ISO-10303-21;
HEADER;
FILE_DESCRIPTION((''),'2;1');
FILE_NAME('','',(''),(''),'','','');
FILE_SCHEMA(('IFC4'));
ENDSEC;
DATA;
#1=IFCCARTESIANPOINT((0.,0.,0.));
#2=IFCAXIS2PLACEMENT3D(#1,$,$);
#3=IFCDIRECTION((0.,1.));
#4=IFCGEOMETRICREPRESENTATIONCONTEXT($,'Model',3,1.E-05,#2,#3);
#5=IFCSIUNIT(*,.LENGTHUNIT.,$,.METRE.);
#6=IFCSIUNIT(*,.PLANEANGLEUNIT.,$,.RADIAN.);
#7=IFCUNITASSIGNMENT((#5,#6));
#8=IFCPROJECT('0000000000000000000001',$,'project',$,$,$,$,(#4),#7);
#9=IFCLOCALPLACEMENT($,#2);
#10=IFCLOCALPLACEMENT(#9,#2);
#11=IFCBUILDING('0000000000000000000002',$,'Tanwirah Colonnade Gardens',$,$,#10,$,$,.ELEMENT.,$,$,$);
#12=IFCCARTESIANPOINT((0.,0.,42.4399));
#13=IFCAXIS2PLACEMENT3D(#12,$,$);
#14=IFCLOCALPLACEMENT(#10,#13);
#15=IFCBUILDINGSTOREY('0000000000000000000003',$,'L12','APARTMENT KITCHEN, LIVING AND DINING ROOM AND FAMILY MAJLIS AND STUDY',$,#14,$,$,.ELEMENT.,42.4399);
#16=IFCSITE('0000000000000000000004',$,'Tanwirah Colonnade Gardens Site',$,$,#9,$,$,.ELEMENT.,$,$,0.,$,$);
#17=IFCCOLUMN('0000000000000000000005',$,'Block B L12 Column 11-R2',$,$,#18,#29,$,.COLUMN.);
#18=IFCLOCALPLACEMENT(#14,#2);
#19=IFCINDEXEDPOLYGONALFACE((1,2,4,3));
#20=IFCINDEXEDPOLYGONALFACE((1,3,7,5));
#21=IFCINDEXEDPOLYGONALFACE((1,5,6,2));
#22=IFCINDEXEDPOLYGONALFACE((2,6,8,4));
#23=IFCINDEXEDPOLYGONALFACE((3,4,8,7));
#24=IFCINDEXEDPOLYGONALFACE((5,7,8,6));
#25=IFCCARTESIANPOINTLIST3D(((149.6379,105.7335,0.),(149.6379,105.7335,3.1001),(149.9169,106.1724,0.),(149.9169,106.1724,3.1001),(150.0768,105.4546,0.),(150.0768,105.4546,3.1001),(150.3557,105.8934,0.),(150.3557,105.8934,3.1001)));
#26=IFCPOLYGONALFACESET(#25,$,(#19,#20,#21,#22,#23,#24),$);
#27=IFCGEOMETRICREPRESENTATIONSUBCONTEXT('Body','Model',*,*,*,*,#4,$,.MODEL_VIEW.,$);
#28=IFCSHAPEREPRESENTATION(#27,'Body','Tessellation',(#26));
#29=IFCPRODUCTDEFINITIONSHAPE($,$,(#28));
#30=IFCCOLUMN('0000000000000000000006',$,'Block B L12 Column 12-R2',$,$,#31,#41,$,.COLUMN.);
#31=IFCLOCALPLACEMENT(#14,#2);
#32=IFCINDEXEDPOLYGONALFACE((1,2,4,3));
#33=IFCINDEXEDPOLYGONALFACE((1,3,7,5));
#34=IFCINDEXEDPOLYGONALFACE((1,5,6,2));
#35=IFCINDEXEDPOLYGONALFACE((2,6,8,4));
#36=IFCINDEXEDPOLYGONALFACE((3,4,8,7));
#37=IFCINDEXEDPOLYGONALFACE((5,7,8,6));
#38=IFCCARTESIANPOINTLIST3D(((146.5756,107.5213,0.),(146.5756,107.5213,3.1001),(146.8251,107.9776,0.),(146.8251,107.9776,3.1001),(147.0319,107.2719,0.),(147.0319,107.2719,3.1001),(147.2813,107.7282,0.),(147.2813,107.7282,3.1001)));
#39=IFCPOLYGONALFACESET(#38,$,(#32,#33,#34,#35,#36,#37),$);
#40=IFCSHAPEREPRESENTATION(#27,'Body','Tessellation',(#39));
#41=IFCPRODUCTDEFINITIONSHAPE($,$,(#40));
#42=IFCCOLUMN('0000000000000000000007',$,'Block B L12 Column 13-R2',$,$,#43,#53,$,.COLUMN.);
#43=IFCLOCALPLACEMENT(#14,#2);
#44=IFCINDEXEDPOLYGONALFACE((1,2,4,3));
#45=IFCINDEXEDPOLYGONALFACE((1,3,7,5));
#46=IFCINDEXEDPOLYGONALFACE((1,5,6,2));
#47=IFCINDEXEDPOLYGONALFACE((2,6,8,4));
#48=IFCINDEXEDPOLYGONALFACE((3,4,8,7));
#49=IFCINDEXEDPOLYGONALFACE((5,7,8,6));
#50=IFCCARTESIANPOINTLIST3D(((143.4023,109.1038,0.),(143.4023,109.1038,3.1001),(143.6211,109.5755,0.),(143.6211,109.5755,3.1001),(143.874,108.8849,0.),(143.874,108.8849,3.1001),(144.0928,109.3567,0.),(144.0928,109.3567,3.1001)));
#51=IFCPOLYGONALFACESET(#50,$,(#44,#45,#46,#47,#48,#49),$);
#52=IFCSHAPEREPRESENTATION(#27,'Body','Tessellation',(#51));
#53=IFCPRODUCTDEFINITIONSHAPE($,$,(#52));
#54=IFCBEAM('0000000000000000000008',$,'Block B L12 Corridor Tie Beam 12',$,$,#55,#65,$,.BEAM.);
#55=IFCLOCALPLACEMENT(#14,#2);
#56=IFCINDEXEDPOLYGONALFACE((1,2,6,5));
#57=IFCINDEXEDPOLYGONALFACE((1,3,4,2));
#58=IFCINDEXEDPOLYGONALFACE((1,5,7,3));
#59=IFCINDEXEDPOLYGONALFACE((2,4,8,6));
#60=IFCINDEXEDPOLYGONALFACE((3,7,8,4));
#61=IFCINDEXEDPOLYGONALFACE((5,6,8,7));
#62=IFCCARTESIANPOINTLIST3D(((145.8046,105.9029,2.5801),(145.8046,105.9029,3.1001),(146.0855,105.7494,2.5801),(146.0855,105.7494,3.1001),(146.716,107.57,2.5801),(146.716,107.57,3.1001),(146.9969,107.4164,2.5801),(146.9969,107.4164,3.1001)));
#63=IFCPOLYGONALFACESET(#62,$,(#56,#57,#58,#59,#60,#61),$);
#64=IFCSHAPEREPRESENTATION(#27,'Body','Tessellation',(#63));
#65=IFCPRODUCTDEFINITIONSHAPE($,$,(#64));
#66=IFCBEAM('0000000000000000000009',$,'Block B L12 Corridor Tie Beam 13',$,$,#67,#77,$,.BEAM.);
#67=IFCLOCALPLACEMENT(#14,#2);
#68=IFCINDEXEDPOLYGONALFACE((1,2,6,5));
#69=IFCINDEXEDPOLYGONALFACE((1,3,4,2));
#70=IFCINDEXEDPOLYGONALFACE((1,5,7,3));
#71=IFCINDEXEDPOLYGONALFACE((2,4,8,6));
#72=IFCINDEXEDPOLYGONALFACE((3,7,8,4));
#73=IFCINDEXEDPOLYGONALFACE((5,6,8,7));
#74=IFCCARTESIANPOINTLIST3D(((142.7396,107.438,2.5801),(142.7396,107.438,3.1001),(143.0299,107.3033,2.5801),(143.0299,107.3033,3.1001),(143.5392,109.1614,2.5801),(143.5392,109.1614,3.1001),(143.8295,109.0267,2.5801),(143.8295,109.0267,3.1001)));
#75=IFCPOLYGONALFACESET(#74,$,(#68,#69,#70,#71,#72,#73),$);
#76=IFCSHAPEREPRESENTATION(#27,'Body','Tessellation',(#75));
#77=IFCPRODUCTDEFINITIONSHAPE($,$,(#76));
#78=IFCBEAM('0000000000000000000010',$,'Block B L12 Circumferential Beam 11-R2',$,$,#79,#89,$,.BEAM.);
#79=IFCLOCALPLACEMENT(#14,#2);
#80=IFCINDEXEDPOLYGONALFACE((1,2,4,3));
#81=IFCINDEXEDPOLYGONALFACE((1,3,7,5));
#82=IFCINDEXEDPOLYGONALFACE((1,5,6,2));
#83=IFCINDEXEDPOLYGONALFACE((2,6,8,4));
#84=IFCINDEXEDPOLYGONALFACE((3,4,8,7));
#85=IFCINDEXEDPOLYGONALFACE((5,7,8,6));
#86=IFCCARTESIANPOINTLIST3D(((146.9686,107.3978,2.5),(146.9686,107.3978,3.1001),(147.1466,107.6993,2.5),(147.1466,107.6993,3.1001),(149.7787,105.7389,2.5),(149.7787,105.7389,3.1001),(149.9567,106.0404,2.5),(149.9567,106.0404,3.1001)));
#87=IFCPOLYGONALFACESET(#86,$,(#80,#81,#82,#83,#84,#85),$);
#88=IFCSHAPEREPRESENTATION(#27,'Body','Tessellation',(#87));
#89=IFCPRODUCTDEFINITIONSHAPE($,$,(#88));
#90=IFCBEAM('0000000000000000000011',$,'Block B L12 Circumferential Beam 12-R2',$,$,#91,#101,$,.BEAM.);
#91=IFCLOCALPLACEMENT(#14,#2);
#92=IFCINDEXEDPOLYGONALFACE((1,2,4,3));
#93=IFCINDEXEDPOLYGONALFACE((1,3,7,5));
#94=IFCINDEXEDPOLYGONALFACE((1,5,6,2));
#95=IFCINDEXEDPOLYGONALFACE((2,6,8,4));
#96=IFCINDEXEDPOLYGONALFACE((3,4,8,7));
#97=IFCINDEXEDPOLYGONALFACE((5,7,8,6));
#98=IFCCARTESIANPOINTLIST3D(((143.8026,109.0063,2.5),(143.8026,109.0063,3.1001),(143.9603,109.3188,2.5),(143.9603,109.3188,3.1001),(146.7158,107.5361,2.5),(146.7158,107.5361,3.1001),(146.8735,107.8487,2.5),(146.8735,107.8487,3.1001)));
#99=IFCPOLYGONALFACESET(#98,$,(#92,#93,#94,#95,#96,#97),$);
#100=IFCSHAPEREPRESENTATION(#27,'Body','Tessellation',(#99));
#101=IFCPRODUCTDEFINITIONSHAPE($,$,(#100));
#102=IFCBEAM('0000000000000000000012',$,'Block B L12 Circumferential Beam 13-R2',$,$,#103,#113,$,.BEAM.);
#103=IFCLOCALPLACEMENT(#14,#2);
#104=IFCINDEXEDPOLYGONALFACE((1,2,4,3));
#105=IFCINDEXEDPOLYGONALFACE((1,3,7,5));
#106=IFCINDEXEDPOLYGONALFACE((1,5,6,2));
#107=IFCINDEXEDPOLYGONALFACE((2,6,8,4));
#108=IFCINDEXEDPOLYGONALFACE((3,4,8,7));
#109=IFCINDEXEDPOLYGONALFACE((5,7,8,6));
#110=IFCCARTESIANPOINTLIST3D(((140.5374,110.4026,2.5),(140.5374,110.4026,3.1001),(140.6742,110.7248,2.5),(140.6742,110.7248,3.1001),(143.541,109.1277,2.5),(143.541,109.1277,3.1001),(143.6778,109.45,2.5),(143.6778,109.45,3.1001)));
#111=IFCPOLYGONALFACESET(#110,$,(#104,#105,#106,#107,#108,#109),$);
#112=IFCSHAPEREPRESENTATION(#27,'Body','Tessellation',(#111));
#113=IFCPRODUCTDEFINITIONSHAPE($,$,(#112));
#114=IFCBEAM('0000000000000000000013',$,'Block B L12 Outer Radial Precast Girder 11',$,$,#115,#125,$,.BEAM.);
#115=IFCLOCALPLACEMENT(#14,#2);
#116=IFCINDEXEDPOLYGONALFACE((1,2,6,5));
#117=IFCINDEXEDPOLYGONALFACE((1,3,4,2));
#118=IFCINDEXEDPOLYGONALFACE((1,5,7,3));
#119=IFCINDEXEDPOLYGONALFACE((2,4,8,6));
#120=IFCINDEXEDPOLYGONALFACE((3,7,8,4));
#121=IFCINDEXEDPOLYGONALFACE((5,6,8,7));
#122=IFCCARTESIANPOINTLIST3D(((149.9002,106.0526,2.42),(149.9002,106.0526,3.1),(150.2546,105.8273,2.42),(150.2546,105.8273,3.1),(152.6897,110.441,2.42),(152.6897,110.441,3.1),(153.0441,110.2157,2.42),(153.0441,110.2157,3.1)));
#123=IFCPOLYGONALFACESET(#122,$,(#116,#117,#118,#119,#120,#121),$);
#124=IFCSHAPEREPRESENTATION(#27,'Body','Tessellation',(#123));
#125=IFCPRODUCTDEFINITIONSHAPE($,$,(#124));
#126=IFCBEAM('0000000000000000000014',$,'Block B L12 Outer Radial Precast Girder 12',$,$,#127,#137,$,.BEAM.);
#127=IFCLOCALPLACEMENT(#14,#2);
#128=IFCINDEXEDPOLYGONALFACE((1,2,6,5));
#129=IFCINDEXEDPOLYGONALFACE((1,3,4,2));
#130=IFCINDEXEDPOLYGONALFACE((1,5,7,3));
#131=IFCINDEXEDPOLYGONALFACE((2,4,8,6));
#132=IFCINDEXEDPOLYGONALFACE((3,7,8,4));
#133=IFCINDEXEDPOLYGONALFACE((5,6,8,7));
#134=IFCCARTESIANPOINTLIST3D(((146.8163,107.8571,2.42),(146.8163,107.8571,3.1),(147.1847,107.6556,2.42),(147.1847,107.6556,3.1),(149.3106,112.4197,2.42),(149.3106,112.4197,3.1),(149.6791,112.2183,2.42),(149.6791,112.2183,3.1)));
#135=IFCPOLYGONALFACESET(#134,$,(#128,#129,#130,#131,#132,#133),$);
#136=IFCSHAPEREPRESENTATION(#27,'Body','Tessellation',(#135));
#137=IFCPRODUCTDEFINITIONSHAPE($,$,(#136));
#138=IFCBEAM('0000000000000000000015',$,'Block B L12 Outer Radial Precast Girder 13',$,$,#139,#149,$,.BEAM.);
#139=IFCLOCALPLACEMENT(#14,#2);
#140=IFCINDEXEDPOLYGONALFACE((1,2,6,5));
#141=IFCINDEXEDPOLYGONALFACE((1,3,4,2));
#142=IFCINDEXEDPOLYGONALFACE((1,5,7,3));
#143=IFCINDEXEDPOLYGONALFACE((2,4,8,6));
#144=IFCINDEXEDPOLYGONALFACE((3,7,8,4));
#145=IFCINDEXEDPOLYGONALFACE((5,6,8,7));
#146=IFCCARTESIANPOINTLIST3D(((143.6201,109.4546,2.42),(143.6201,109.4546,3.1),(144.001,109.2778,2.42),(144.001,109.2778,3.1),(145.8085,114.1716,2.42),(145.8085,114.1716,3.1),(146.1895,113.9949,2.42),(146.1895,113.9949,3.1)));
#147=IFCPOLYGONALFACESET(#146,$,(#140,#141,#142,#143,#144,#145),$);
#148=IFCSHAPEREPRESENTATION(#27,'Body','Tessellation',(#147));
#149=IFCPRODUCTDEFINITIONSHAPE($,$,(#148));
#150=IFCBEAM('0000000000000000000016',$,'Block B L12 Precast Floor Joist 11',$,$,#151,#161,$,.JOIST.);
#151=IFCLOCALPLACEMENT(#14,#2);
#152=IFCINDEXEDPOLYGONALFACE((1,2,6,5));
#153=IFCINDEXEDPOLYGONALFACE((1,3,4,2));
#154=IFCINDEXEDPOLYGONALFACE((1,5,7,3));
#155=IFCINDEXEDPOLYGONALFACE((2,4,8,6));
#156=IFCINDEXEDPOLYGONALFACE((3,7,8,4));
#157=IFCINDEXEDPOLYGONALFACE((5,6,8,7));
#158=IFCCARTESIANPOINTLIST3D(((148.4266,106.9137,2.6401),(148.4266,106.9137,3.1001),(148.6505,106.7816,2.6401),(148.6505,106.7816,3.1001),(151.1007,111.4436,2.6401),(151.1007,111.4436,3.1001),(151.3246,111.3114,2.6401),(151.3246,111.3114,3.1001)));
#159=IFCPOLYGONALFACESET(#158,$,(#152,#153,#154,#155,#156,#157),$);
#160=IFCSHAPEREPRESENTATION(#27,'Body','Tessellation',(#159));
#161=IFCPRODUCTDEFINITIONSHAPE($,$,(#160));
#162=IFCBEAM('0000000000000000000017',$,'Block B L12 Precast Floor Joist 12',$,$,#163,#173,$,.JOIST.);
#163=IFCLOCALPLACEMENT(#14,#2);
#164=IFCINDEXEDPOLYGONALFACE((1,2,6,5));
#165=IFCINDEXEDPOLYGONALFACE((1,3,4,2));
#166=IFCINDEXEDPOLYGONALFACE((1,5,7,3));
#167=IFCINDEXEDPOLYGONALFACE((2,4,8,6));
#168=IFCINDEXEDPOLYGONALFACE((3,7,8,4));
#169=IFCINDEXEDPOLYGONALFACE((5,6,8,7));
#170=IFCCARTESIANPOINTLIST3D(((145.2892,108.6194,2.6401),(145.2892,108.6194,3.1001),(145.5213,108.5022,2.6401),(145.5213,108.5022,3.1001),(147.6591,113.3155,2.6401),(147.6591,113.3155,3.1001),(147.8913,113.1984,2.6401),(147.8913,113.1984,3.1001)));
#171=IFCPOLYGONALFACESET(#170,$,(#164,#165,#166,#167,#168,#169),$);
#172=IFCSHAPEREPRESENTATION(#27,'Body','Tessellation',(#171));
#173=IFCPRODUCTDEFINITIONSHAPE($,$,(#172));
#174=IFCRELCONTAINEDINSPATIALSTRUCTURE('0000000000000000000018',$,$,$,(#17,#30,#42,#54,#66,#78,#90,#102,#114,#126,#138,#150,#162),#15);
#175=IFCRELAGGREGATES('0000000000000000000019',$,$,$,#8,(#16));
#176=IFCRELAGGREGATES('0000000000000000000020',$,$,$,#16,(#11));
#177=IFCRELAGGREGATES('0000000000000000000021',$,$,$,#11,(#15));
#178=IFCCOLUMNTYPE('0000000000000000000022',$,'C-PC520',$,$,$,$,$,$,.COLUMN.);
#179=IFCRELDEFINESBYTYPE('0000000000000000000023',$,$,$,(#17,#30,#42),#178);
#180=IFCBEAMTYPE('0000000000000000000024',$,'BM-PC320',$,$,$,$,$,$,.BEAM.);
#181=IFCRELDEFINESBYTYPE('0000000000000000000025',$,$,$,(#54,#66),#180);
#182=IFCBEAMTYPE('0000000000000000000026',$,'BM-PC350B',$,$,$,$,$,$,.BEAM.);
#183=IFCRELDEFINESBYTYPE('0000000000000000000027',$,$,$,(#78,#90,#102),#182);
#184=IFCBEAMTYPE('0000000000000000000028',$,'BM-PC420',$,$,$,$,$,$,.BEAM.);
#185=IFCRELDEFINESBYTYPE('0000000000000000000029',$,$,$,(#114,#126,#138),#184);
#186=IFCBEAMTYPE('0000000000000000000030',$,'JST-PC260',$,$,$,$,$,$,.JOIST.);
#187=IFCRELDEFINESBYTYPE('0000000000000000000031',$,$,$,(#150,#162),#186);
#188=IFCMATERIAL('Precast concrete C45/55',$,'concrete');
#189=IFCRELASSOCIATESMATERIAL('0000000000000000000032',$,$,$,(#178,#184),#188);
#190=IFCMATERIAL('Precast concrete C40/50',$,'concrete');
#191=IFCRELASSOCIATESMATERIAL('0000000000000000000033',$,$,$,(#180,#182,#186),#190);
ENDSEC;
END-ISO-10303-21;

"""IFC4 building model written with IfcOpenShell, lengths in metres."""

from ifc_helpers import new_model, si_unit, direction, frame, origin, origin_2d, place, context, subcontext, project, spatial, rectangle, extrude, material, material_profile, profile_set, type_object, element, save


model = new_model("IFC4")

# Units and contexts
model_context = context("Model", 3, precision=1e-05, world=origin(), true_north=direction((0.0, 1.0)))
body_context = subcontext(model_context, "Body", "Model", "MODEL_VIEW")
ifc_project = project(units=[si_unit("LENGTHUNIT", "METRE"), si_unit("PLANEANGLEUNIT", "RADIAN")], contexts=[model_context])

# Site, building, storey
site_placement = place(None, origin())
site = spatial("IfcSite", under=ifc_project, at=site_placement, Name="Tanwirah Colonnade Gardens Site", CompositionType="ELEMENT", RefElevation=0.0)
building_placement = place(site_placement, origin())
building = spatial("IfcBuilding", under=site, at=building_placement, Name="Tanwirah Colonnade Gardens", CompositionType="ELEMENT")
storey_placement = place(building_placement, frame((0.0, 0.0, 42.4399)))
storey = spatial("IfcBuildingStorey", under=building, at=storey_placement, Name="L12", Description="APARTMENT KITCHEN, LIVING AND DINING ROOM AND FAMILY MAJLIS AND STUDY", CompositionType="ELEMENT", Elevation=42.4399)

# Columns
ifc_material_1 = material(Name="Precast concrete C45/55", Category="concrete")
ifc_material_profile_1 = material_profile(ifc_material_1, rectangle(XDim=0.52, YDim=0.52, at=origin_2d()), Name="PC-COL 520x520")
ifc_profile_set_1 = profile_set([ifc_material_profile_1], Name="Precast concrete C45/55")
column_type = type_object("IfcColumnType", Name="C-PC520", PredefinedType="COLUMN", material=ifc_profile_set_1)
for number, where, z_axis, x_axis, name in (
    (1, (149.9968, 105.8135, 0.0), (0.0, 0.0, 1.0), (0.536482, 0.843912, 0.0), "Block B L12 Column 11-R2"),
    (2, (146.9285, 107.6248, 0.0), (0.0, 0.0, 1.0), (0.479713, 0.877425, 0.0), "Block B L12 Column 12-R2"),
    (3, (143.7476, 109.2302, 0.0), (0.0, 0.0, 1.0), (0.42086, 0.907126, 0.0), "Block B L12 Column 13-R2"),
):
    element("IfcColumn", number, at=place(storey_placement, frame(where, z_axis=z_axis, x_axis=x_axis)), inside=storey, type_object=column_type, Name=name, PredefinedType="COLUMN", context=body_context, shape_type="SweptSolid", body=[
        extrude(rectangle(XDim=0.52, YDim=0.52, at=origin_2d()), origin(), (0.0, 0.0, 1.0), 3.1001),
    ])

# Beams
ifc_material_2 = material(Name="Precast concrete C40/50", Category="concrete")
ifc_material_profile_2 = material_profile(ifc_material_2, rectangle(XDim=0.3201, YDim=0.52, at=origin_2d()), Name="PC-BM 320x520")
ifc_profile_set_2 = profile_set([ifc_material_profile_2], Name="Precast concrete C40/50")
beam_type_1 = type_object("IfcBeamType", Name="BM-PC320", PredefinedType="BEAM", material=ifc_profile_set_2)
for number, where, z_axis, x_axis, name in (
    (4, (145.9451, 105.8262, 2.8401), (0.479707, 0.877429, 0.0), (-0.877429, 0.479707, 0.0), "Block B L12 Corridor Tie Beam 12"),
    (5, (142.8848, 107.3706, 2.8401), (0.420858, 0.907126, 0.0), (-0.907126, 0.420858, 0.0), "Block B L12 Corridor Tie Beam 13"),
):
    element("IfcBeam", number, at=place(storey_placement, frame(where, z_axis=z_axis, x_axis=x_axis)), inside=storey, type_object=beam_type_1, Name=name, PredefinedType="BEAM", context=body_context, shape_type="SweptSolid", body=[
        extrude(rectangle(XDim=0.3201, YDim=0.52, at=origin_2d()), origin(), (0.0, 0.0, 1.0), 1.8999),
    ])
ifc_material_profile_3 = material_profile(ifc_material_2, rectangle(XDim=0.3501, YDim=0.6001, at=origin_2d()), Name="PC-BM 350x600")
ifc_profile_set_3 = profile_set([ifc_material_profile_3], Name="Precast concrete C40/50")
beam_type_2 = type_object("IfcBeamType", Name="BM-PC350B", PredefinedType="BEAM", material=ifc_profile_set_3)
for number, where, z_axis, x_axis, name in (
    (6, (149.8677, 105.8896, 2.8), (-0.861135, 0.508376, 0.0), (-0.508376, -0.861135, 0.0), "Block B L12 Circumferential Beam 11-R2"),
    (7, (146.7947, 107.6924, 2.8), (-0.89276, 0.450532, 0.0), (-0.450532, -0.89276, 0.0), "Block B L12 Circumferential Beam 12-R2"),
):
    element("IfcBeam", number, at=place(storey_placement, frame(where, z_axis=z_axis, x_axis=x_axis)), inside=storey, type_object=beam_type_2, Name=name, PredefinedType="BEAM", context=body_context, shape_type="SweptSolid", body=[
        extrude(rectangle(XDim=0.3501, YDim=0.6001, at=origin_2d()), origin(), (0.0, 0.0, 1.0), 3.2632),
    ])
beam_placement = place(storey_placement, frame((143.6094, 109.2888, 2.8), z_axis=(-0.920513, 0.390711, 0.0), x_axis=(-0.390711, -0.920513, 0.0)))
element("IfcBeam", 8, at=beam_placement, inside=storey, type_object=beam_type_2, Name="Block B L12 Circumferential Beam 13-R2", PredefinedType="BEAM", context=body_context, shape_type="SweptSolid", body=[
    extrude(rectangle(XDim=0.3501, YDim=0.6001, at=origin_2d()), origin(), (0.0, 0.0, 1.0), 3.2629),
])
ifc_material_profile_4 = material_profile(ifc_material_1, rectangle(XDim=0.4199, YDim=0.6799, at=origin_2d()), Name="PC-BM 420x680")
ifc_profile_set_4 = profile_set([ifc_material_profile_4], Name="Precast concrete C45/55")
beam_type_3 = type_object("IfcBeamType", Name="BM-PC420", PredefinedType="BEAM", material=ifc_profile_set_4)
for number, where, z_axis, x_axis, name in (
    (9, (150.0774, 105.9399, 2.76), (0.536453, 0.84393, 0.0), (-0.84393, 0.536453, 0.0), "Block B L12 Outer Radial Precast Girder 11"),
    (10, (147.0005, 107.7563, 2.76), (0.479684, 0.877441, 0.0), (-0.877441, 0.479684, 0.0), "Block B L12 Outer Radial Precast Girder 12"),
    (11, (143.8105, 109.3662, 2.76), (0.420862, 0.907125, 0.0), (-0.907125, 0.420862, 0.0), "Block B L12 Outer Radial Precast Girder 13"),
):
    element("IfcBeam", number, at=place(storey_placement, frame(where, z_axis=z_axis, x_axis=x_axis)), inside=storey, type_object=beam_type_3, Name=name, PredefinedType="BEAM", context=body_context, shape_type="SweptSolid", body=[
        extrude(rectangle(XDim=0.4199, YDim=0.6799, at=origin_2d()), origin(), (0.0, 0.0, 1.0), 5.2),
    ])
ifc_material_profile_5 = material_profile(ifc_material_2, rectangle(XDim=0.26, YDim=0.46, at=origin_2d()), Name="PC-JST 260x460")
ifc_profile_set_5 = profile_set([ifc_material_profile_5], Name="Precast concrete C40/50")
beam_type_4 = type_object("IfcBeamType", Name="JST-PC260", PredefinedType="JOIST", material=ifc_profile_set_5)
for number, where, z_axis, x_axis, name in (
    (12, (148.5386, 106.8477, 2.8701), (0.50836, 0.861145, 0.0), (-0.861145, 0.50836, 0.0), "Block B L12 Precast Floor Joist 11"),
    (13, (145.4053, 108.5608, 2.8701), (0.450534, 0.892759, 0.0), (-0.892759, 0.450534, 0.0), "Block B L12 Precast Floor Joist 12"),
):
    element("IfcBeam", number, at=place(storey_placement, frame(where, z_axis=z_axis, x_axis=x_axis)), inside=storey, type_object=beam_type_4, Name=name, PredefinedType="JOIST", context=body_context, shape_type="SweptSolid", body=[
        extrude(rectangle(XDim=0.26, YDim=0.46, at=origin_2d()), origin(), (0.0, 0.0, 1.0), 5.2603),
    ])

save(model, "model.ifc")
